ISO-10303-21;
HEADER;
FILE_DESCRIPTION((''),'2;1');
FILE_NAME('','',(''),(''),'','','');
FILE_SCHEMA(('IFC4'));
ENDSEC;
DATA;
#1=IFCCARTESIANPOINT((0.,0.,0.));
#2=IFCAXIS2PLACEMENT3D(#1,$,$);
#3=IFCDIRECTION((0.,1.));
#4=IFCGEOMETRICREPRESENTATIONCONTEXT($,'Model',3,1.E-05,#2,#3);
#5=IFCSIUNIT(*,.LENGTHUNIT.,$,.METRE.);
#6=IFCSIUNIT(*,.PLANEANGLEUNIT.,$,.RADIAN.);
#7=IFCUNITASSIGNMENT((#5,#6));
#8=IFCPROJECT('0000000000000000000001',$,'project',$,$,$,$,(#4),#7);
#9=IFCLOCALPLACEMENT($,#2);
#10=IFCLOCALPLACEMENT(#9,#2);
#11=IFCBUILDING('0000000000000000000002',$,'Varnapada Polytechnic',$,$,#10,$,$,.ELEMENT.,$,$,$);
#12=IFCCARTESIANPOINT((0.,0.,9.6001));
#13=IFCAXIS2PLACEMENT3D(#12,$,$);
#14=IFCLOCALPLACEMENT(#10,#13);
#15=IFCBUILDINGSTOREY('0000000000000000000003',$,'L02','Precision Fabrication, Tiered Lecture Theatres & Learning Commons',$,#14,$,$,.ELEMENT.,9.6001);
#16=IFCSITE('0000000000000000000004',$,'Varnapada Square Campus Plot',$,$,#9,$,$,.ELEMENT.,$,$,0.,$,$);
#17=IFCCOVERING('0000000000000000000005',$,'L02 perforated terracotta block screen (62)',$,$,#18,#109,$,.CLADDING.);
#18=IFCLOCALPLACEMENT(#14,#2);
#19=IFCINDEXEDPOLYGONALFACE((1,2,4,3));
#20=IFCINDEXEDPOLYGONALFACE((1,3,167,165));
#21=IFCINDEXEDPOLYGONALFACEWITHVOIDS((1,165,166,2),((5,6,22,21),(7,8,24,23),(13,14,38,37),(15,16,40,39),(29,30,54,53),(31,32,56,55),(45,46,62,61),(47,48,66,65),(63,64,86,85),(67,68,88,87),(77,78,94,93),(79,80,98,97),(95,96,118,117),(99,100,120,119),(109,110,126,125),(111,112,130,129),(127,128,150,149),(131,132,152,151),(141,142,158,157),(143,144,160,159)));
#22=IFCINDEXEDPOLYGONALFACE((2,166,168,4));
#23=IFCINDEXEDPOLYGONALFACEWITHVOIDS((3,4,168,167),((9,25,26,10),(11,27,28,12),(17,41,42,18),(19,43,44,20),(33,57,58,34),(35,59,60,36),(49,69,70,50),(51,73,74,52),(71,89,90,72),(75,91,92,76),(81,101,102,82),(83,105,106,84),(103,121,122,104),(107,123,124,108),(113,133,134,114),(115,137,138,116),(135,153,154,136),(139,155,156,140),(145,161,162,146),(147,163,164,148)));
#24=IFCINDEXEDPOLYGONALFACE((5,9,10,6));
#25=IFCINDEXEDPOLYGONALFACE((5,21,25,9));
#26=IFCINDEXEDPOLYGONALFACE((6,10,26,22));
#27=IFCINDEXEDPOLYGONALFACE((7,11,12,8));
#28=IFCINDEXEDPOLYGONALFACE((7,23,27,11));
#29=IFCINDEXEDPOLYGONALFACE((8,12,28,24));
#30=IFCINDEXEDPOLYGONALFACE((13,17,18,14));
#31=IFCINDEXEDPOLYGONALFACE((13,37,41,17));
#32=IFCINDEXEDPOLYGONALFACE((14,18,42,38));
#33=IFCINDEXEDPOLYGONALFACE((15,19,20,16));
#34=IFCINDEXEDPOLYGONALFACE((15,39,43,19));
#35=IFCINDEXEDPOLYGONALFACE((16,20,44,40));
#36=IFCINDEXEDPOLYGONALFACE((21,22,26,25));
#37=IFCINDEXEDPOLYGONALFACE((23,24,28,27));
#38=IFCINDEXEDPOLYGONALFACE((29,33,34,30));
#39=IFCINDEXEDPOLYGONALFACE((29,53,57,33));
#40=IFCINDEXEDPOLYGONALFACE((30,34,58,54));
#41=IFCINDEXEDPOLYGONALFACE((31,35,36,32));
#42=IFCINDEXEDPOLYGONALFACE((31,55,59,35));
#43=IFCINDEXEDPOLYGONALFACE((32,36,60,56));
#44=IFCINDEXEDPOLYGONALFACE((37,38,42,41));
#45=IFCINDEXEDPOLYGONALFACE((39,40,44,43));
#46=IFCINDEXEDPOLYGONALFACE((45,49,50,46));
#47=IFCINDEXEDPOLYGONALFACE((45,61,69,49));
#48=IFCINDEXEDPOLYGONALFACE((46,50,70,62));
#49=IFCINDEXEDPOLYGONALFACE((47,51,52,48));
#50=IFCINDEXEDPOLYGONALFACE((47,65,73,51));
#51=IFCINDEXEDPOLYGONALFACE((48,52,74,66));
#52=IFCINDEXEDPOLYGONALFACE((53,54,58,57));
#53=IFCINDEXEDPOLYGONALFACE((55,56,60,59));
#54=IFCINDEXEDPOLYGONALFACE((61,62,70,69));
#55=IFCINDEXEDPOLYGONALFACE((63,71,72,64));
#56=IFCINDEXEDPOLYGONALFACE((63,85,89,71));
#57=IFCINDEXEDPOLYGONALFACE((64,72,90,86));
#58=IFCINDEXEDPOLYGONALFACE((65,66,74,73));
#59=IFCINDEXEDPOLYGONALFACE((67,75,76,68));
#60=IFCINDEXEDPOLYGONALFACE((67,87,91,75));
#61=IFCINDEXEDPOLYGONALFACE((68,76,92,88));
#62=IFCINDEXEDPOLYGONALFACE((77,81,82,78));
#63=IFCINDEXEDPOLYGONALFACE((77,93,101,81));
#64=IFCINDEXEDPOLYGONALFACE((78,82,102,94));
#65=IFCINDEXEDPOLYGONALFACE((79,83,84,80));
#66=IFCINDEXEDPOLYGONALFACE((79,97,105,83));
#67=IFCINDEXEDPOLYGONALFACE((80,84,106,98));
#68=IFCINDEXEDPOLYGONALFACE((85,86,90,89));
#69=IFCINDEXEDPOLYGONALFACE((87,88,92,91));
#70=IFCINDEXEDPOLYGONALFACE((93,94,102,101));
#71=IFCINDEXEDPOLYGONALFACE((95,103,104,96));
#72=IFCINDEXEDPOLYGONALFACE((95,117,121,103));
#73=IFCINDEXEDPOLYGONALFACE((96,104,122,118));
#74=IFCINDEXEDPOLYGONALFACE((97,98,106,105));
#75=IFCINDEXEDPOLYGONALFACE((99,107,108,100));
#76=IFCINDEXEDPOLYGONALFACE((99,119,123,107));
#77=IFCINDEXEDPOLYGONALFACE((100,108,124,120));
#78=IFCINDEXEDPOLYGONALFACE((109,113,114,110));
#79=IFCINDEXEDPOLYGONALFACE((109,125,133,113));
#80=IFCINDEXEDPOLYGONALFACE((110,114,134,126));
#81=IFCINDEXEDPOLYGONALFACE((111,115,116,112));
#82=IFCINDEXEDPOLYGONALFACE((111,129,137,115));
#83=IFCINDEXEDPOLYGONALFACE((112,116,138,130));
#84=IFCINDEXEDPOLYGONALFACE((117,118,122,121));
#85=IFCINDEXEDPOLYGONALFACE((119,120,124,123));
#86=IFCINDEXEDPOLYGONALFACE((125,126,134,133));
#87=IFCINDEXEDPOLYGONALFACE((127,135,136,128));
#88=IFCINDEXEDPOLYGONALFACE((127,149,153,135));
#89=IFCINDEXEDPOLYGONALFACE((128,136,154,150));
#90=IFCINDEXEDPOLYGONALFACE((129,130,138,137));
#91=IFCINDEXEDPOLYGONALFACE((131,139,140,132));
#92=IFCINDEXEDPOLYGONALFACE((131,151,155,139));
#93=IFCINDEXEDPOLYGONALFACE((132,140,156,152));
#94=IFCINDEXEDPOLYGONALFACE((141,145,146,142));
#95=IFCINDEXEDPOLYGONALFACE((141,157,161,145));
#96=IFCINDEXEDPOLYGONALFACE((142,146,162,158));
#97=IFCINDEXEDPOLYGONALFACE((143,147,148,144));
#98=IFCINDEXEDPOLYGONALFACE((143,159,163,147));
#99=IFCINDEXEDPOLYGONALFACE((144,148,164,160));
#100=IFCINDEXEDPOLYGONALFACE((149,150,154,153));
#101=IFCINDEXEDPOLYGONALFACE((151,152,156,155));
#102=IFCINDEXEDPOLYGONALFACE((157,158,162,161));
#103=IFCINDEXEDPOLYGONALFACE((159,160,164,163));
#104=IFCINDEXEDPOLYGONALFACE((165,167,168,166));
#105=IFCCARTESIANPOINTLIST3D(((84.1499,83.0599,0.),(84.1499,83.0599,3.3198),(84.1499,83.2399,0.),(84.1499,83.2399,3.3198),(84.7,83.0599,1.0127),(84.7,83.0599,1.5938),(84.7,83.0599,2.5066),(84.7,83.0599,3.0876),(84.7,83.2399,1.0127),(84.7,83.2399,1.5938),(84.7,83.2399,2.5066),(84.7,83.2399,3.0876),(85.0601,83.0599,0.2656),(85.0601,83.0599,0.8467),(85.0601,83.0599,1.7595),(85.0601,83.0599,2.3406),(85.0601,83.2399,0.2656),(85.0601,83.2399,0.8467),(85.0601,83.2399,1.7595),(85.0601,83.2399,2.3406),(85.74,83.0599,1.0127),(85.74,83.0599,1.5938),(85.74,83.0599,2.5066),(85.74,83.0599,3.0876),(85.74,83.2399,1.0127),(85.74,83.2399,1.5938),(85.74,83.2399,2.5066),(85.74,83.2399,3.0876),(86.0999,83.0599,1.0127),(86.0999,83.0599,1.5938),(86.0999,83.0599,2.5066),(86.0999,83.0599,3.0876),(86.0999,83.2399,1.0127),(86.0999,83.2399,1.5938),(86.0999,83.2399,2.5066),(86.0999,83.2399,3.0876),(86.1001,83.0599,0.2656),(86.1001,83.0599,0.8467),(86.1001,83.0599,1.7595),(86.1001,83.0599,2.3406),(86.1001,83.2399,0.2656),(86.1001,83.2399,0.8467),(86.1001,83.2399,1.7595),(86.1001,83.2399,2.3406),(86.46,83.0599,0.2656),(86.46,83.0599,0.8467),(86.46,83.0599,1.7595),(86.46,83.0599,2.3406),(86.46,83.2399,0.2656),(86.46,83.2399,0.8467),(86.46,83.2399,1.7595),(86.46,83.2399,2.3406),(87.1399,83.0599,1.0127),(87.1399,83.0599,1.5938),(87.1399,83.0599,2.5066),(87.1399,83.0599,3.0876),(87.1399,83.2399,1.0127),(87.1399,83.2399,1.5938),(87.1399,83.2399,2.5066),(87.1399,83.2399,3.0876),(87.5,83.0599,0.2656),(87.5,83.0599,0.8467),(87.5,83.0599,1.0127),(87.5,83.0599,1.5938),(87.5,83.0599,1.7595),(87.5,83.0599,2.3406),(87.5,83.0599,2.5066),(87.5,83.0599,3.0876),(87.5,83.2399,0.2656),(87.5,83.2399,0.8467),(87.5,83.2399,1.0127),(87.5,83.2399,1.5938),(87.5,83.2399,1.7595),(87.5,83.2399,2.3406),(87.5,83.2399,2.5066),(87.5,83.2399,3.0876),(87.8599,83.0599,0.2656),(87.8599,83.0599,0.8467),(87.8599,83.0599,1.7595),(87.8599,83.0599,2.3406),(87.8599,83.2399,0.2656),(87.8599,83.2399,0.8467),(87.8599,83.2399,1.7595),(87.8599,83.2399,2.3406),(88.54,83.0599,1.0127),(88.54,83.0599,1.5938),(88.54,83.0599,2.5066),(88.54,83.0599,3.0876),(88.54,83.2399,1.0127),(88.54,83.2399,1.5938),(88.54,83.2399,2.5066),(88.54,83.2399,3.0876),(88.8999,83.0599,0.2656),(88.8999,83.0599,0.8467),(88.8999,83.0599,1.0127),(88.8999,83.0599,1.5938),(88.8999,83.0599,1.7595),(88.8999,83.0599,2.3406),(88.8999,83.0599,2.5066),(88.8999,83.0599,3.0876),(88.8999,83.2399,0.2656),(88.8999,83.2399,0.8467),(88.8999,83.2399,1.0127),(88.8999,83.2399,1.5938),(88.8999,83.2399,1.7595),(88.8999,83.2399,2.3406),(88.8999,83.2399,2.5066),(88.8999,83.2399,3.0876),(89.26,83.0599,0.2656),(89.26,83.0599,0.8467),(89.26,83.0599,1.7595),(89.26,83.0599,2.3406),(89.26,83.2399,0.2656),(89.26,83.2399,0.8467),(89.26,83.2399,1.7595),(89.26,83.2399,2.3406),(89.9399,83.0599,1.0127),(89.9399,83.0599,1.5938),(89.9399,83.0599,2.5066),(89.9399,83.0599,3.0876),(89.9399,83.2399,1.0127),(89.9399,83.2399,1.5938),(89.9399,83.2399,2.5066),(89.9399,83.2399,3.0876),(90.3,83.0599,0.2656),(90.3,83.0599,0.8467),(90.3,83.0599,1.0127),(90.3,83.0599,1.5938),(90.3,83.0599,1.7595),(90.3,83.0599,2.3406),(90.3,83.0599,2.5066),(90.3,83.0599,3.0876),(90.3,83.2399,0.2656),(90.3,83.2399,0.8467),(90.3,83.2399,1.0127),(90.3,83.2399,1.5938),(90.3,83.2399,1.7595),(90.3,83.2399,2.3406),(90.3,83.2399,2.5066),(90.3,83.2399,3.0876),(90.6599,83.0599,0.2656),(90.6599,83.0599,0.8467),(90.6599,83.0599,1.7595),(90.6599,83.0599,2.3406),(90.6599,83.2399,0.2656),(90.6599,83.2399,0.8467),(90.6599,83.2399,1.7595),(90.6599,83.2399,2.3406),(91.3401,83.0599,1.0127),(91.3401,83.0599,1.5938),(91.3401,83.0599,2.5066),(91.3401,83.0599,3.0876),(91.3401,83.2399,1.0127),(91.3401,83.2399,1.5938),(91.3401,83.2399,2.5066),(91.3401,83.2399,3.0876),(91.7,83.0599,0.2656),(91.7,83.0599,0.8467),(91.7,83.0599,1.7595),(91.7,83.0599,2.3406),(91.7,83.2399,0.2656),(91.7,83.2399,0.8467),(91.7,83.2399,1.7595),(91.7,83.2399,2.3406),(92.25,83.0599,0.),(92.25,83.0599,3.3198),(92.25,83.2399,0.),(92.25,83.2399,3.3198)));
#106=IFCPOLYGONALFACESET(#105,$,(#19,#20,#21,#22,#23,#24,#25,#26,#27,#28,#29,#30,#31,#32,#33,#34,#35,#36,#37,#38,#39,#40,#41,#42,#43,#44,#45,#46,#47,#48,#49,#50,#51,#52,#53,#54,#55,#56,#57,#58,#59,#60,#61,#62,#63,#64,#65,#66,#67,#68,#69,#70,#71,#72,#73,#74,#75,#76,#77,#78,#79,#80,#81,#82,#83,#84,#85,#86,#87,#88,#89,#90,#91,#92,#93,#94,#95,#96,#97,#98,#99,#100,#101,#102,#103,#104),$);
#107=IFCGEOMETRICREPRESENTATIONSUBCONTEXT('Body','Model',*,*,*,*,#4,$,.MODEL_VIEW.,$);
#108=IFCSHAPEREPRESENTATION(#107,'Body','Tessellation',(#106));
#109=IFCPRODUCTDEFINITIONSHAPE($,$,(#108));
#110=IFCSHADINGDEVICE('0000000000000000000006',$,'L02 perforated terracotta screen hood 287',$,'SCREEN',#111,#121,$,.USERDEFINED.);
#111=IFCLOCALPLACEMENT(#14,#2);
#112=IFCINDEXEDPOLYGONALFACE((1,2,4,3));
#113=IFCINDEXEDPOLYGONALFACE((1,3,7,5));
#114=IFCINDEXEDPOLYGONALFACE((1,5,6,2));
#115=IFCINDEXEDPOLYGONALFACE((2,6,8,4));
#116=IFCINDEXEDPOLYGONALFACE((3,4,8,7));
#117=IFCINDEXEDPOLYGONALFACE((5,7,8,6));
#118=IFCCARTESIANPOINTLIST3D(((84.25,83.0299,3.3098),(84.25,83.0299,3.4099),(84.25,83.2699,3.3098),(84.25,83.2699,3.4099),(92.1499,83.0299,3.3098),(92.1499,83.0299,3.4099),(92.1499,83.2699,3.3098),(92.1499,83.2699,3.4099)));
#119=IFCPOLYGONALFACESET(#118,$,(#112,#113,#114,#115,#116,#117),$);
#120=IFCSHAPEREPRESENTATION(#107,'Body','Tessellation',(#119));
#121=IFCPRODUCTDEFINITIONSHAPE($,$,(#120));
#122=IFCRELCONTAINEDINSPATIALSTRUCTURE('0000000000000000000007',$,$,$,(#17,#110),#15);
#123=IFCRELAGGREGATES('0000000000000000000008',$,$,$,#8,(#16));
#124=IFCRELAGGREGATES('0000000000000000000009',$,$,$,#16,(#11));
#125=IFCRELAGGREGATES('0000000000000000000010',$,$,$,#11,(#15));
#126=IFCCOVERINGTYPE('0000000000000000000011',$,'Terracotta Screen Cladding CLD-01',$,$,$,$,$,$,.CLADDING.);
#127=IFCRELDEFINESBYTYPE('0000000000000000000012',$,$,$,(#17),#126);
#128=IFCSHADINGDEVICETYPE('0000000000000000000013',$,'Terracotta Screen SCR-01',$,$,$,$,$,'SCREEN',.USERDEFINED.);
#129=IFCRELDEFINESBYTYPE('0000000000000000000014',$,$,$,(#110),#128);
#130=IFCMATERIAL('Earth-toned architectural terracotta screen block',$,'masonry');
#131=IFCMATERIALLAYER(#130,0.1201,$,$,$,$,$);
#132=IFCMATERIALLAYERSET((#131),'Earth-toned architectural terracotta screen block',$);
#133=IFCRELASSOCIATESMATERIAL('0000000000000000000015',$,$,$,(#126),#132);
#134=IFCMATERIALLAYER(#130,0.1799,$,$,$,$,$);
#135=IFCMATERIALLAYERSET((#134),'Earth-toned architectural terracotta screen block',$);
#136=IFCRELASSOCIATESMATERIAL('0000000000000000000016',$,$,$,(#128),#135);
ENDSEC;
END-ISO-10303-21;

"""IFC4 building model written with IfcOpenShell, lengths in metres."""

from ifc_helpers import new_model, si_unit, direction, frame, frame_2d, origin, origin_2d, place, context, subcontext, project, spatial, rectangle, extrude, material, layer, layer_set, type_object, element, save


model = new_model("IFC4")

# Units and contexts
model_context = context("Model", 3, precision=1e-05, world=origin(), true_north=direction((0.0, 1.0)))
body_context = subcontext(model_context, "Body", "Model", "MODEL_VIEW")
ifc_project = project(units=[si_unit("LENGTHUNIT", "METRE"), si_unit("PLANEANGLEUNIT", "RADIAN")], contexts=[model_context])

# Site, building, storey
site_placement = place(None, origin())
site = spatial("IfcSite", under=ifc_project, at=site_placement, Name="Varnapada Square Campus Plot", CompositionType="ELEMENT", RefElevation=0.0)
building_placement = place(site_placement, origin())
building = spatial("IfcBuilding", under=site, at=building_placement, Name="Varnapada Polytechnic", CompositionType="ELEMENT")
storey_placement = place(building_placement, frame((0.0, 0.0, 9.6001)))
storey = spatial("IfcBuildingStorey", under=building, at=storey_placement, Name="L02", Description="Precision Fabrication, Tiered Lecture Theatres & Learning Commons", CompositionType="ELEMENT", Elevation=9.6001)

# Covering, openings
ifc_material_1 = material(Name="Earth-toned architectural terracotta screen block", Category="masonry")
ifc_layer_1 = layer(ifc_material_1, 0.1201)
ifc_layer_set_1 = layer_set([ifc_layer_1], Name="Earth-toned architectural terracotta screen block")
covering_type = type_object("IfcCoveringType", Name="Terracotta Screen Cladding CLD-01", PredefinedType="CLADDING", material=ifc_layer_set_1)
covering_placement = place(storey_placement, frame((92.25, 83.1499, 0.0), z_axis=(0.0, 0.0, 1.0), x_axis=(-1.0, 0.0, 0.0)))
covering = element("IfcCovering", 1, at=covering_placement, inside=storey, type_object=covering_type, Name="L02 perforated terracotta block screen (62)", PredefinedType="CLADDING", context=body_context, shape_type="SweptSolid", body=[
    extrude(rectangle(XDim=8.1001, YDim=0.1799, at=frame_2d((4.05, 0.0))), origin(), (0.0, 0.0, 1.0), 3.3198),
])
opening_1_placement = place(covering_placement, frame((0.55, 0.0, 0.2656)))
element("IfcOpeningElement", 2, at=opening_1_placement, cuts=covering, PredefinedType="OPENING", context=body_context, shape_type="SweptSolid", body=[
    extrude(rectangle(XDim=1.04, YDim=0.5811, at=frame_2d((0.52, 0.2905))), frame((0.0, 0.0999, 0.0), z_axis=(0.0, -1.0, 0.0), x_axis=(1.0, 0.0, 0.0)), (0.0, 0.0, 1.0), 0.2),
])
opening_2_placement = place(covering_placement, frame((1.95, 0.0, 0.2656)))
element("IfcOpeningElement", 3, at=opening_2_placement, cuts=covering, PredefinedType="OPENING", context=body_context, shape_type="SweptSolid", body=[
    extrude(rectangle(XDim=1.04, YDim=0.5811, at=frame_2d((0.52, 0.2905))), frame((0.0, 0.0999, 0.0), z_axis=(0.0, -1.0, 0.0), x_axis=(1.0, 0.0, 0.0)), (0.0, 0.0, 1.0), 0.2),
])
opening_3_placement = place(covering_placement, frame((3.3501, 0.0, 0.2656)))
element("IfcOpeningElement", 4, at=opening_3_placement, cuts=covering, PredefinedType="OPENING", context=body_context, shape_type="SweptSolid", body=[
    extrude(rectangle(XDim=1.04, YDim=0.5811, at=frame_2d((0.52, 0.2905))), frame((0.0, 0.0999, 0.0), z_axis=(0.0, -1.0, 0.0), x_axis=(1.0, 0.0, 0.0)), (0.0, 0.0, 1.0), 0.2),
])
opening_4_placement = place(covering_placement, frame((4.75, 0.0, 0.2656)))
element("IfcOpeningElement", 5, at=opening_4_placement, cuts=covering, PredefinedType="OPENING", context=body_context, shape_type="SweptSolid", body=[
    extrude(rectangle(XDim=1.04, YDim=0.5811, at=frame_2d((0.52, 0.2905))), frame((0.0, 0.0999, 0.0), z_axis=(0.0, -1.0, 0.0), x_axis=(1.0, 0.0, 0.0)), (0.0, 0.0, 1.0), 0.2),
])
opening_5_placement = place(covering_placement, frame((6.1499, 0.0, 0.2656)))
element("IfcOpeningElement", 6, at=opening_5_placement, cuts=covering, PredefinedType="OPENING", context=body_context, shape_type="SweptSolid", body=[
    extrude(rectangle(XDim=1.04, YDim=0.5811, at=frame_2d((0.52, 0.2905))), frame((0.0, 0.0999, 0.0), z_axis=(0.0, -1.0, 0.0), x_axis=(1.0, 0.0, 0.0)), (0.0, 0.0, 1.0), 0.2),
])
opening_6_placement = place(covering_placement, frame((0.9099, 0.0, 1.0127)))
element("IfcOpeningElement", 7, at=opening_6_placement, cuts=covering, PredefinedType="OPENING", context=body_context, shape_type="SweptSolid", body=[
    extrude(rectangle(XDim=1.04, YDim=0.5811, at=frame_2d((0.52, 0.2905))), frame((0.0, 0.0999, 0.0), z_axis=(0.0, -1.0, 0.0), x_axis=(1.0, 0.0, 0.0)), (0.0, 0.0, 1.0), 0.2),
])
opening_7_placement = place(covering_placement, frame((2.3101, 0.0, 1.0127)))
element("IfcOpeningElement", 8, at=opening_7_placement, cuts=covering, PredefinedType="OPENING", context=body_context, shape_type="SweptSolid", body=[
    extrude(rectangle(XDim=1.04, YDim=0.5811, at=frame_2d((0.52, 0.2905))), frame((0.0, 0.0999, 0.0), z_axis=(0.0, -1.0, 0.0), x_axis=(1.0, 0.0, 0.0)), (0.0, 0.0, 1.0), 0.2),
])
opening_8_placement = place(covering_placement, frame((3.71, 0.0, 1.0127)))
element("IfcOpeningElement", 9, at=opening_8_placement, cuts=covering, PredefinedType="OPENING", context=body_context, shape_type="SweptSolid", body=[
    extrude(rectangle(XDim=1.04, YDim=0.5811, at=frame_2d((0.52, 0.2905))), frame((0.0, 0.0999, 0.0), z_axis=(0.0, -1.0, 0.0), x_axis=(1.0, 0.0, 0.0)), (0.0, 0.0, 1.0), 0.2),
])
opening_9_placement = place(covering_placement, frame((5.1101, 0.0, 1.0127)))
element("IfcOpeningElement", 10, at=opening_9_placement, cuts=covering, PredefinedType="OPENING", context=body_context, shape_type="SweptSolid", body=[
    extrude(rectangle(XDim=1.04, YDim=0.5811, at=frame_2d((0.52, 0.2905))), frame((0.0, 0.0999, 0.0), z_axis=(0.0, -1.0, 0.0), x_axis=(1.0, 0.0, 0.0)), (0.0, 0.0, 1.0), 0.2),
])
opening_10_placement = place(covering_placement, frame((6.51, 0.0, 1.0127)))
element("IfcOpeningElement", 11, at=opening_10_placement, cuts=covering, PredefinedType="OPENING", context=body_context, shape_type="SweptSolid", body=[
    extrude(rectangle(XDim=1.04, YDim=0.5811, at=frame_2d((0.52, 0.2905))), frame((0.0, 0.0999, 0.0), z_axis=(0.0, -1.0, 0.0), x_axis=(1.0, 0.0, 0.0)), (0.0, 0.0, 1.0), 0.2),
])
opening_11_placement = place(covering_placement, frame((0.55, 0.0, 1.7595)))
element("IfcOpeningElement", 12, at=opening_11_placement, cuts=covering, PredefinedType="OPENING", context=body_context, shape_type="SweptSolid", body=[
    extrude(rectangle(XDim=1.04, YDim=0.5811, at=frame_2d((0.52, 0.2905))), frame((0.0, 0.0999, 0.0), z_axis=(0.0, -1.0, 0.0), x_axis=(1.0, 0.0, 0.0)), (0.0, 0.0, 1.0), 0.2),
])
opening_12_placement = place(covering_placement, frame((1.95, 0.0, 1.7595)))
element("IfcOpeningElement", 13, at=opening_12_placement, cuts=covering, PredefinedType="OPENING", context=body_context, shape_type="SweptSolid", body=[
    extrude(rectangle(XDim=1.04, YDim=0.5811, at=frame_2d((0.52, 0.2905))), frame((0.0, 0.0999, 0.0), z_axis=(0.0, -1.0, 0.0), x_axis=(1.0, 0.0, 0.0)), (0.0, 0.0, 1.0), 0.2),
])
opening_13_placement = place(covering_placement, frame((3.3501, 0.0, 1.7595)))
element("IfcOpeningElement", 14, at=opening_13_placement, cuts=covering, PredefinedType="OPENING", context=body_context, shape_type="SweptSolid", body=[
    extrude(rectangle(XDim=1.04, YDim=0.5811, at=frame_2d((0.52, 0.2905))), frame((0.0, 0.0999, 0.0), z_axis=(0.0, -1.0, 0.0), x_axis=(1.0, 0.0, 0.0)), (0.0, 0.0, 1.0), 0.2),
])
opening_14_placement = place(covering_placement, frame((4.75, 0.0, 1.7595)))
element("IfcOpeningElement", 15, at=opening_14_placement, cuts=covering, PredefinedType="OPENING", context=body_context, shape_type="SweptSolid", body=[
    extrude(rectangle(XDim=1.04, YDim=0.5811, at=frame_2d((0.52, 0.2905))), frame((0.0, 0.0999, 0.0), z_axis=(0.0, -1.0, 0.0), x_axis=(1.0, 0.0, 0.0)), (0.0, 0.0, 1.0), 0.2),
])
opening_15_placement = place(covering_placement, frame((6.1499, 0.0, 1.7595)))
element("IfcOpeningElement", 16, at=opening_15_placement, cuts=covering, PredefinedType="OPENING", context=body_context, shape_type="SweptSolid", body=[
    extrude(rectangle(XDim=1.04, YDim=0.5811, at=frame_2d((0.52, 0.2905))), frame((0.0, 0.0999, 0.0), z_axis=(0.0, -1.0, 0.0), x_axis=(1.0, 0.0, 0.0)), (0.0, 0.0, 1.0), 0.2),
])
opening_16_placement = place(covering_placement, frame((0.9099, 0.0, 2.5066)))
element("IfcOpeningElement", 17, at=opening_16_placement, cuts=covering, PredefinedType="OPENING", context=body_context, shape_type="SweptSolid", body=[
    extrude(rectangle(XDim=1.04, YDim=0.5811, at=frame_2d((0.52, 0.2905))), frame((0.0, 0.0999, 0.0), z_axis=(0.0, -1.0, 0.0), x_axis=(1.0, 0.0, 0.0)), (0.0, 0.0, 1.0), 0.2),
])
opening_17_placement = place(covering_placement, frame((2.3101, 0.0, 2.5066)))
element("IfcOpeningElement", 18, at=opening_17_placement, cuts=covering, PredefinedType="OPENING", context=body_context, shape_type="SweptSolid", body=[
    extrude(rectangle(XDim=1.04, YDim=0.5811, at=frame_2d((0.52, 0.2905))), frame((0.0, 0.0999, 0.0), z_axis=(0.0, -1.0, 0.0), x_axis=(1.0, 0.0, 0.0)), (0.0, 0.0, 1.0), 0.2),
])
opening_18_placement = place(covering_placement, frame((3.71, 0.0, 2.5066)))
element("IfcOpeningElement", 19, at=opening_18_placement, cuts=covering, PredefinedType="OPENING", context=body_context, shape_type="SweptSolid", body=[
    extrude(rectangle(XDim=1.04, YDim=0.5811, at=frame_2d((0.52, 0.2905))), frame((0.0, 0.0999, 0.0), z_axis=(0.0, -1.0, 0.0), x_axis=(1.0, 0.0, 0.0)), (0.0, 0.0, 1.0), 0.2),
])
opening_19_placement = place(covering_placement, frame((5.1101, 0.0, 2.5066)))
element("IfcOpeningElement", 20, at=opening_19_placement, cuts=covering, PredefinedType="OPENING", context=body_context, shape_type="SweptSolid", body=[
    extrude(rectangle(XDim=1.04, YDim=0.5811, at=frame_2d((0.52, 0.2905))), frame((0.0, 0.0999, 0.0), z_axis=(0.0, -1.0, 0.0), x_axis=(1.0, 0.0, 0.0)), (0.0, 0.0, 1.0), 0.2),
])
opening_20_placement = place(covering_placement, frame((6.51, 0.0, 2.5066)))
element("IfcOpeningElement", 21, at=opening_20_placement, cuts=covering, PredefinedType="OPENING", context=body_context, shape_type="SweptSolid", body=[
    extrude(rectangle(XDim=1.04, YDim=0.5811, at=frame_2d((0.52, 0.2905))), frame((0.0, 0.0999, 0.0), z_axis=(0.0, -1.0, 0.0), x_axis=(1.0, 0.0, 0.0)), (0.0, 0.0, 1.0), 0.2),
])

# Shading device
ifc_layer_2 = layer(ifc_material_1, 0.1799)
ifc_layer_set_2 = layer_set([ifc_layer_2], Name="Earth-toned architectural terracotta screen block")
shading_device_type_1 = type_object("IfcShadingDeviceType", Name="Terracotta Screen SCR-01", ElementType="SCREEN", PredefinedType="USERDEFINED", material=ifc_layer_set_2)
for number, where, z_axis, x_axis, name in (
    (22, (88.2, 83.1499, 3.3098), (0.0, 0.0, 1.0), (-1.0, 0.0, 0.0), "L02 perforated terracotta screen hood 287"),
):
    element("IfcShadingDevice", number, at=place(storey_placement, frame(where, z_axis=z_axis, x_axis=x_axis)), inside=storey, type_object=shading_device_type_1, Name=name, ObjectType="SCREEN", PredefinedType="USERDEFINED", context=body_context, shape_type="SweptSolid", body=[
        extrude(rectangle(XDim=7.8999, YDim=0.24, at=origin_2d()), origin(), (0.0, 0.0, 1.0), 0.1001),
    ])

save(model, "model.ifc")
